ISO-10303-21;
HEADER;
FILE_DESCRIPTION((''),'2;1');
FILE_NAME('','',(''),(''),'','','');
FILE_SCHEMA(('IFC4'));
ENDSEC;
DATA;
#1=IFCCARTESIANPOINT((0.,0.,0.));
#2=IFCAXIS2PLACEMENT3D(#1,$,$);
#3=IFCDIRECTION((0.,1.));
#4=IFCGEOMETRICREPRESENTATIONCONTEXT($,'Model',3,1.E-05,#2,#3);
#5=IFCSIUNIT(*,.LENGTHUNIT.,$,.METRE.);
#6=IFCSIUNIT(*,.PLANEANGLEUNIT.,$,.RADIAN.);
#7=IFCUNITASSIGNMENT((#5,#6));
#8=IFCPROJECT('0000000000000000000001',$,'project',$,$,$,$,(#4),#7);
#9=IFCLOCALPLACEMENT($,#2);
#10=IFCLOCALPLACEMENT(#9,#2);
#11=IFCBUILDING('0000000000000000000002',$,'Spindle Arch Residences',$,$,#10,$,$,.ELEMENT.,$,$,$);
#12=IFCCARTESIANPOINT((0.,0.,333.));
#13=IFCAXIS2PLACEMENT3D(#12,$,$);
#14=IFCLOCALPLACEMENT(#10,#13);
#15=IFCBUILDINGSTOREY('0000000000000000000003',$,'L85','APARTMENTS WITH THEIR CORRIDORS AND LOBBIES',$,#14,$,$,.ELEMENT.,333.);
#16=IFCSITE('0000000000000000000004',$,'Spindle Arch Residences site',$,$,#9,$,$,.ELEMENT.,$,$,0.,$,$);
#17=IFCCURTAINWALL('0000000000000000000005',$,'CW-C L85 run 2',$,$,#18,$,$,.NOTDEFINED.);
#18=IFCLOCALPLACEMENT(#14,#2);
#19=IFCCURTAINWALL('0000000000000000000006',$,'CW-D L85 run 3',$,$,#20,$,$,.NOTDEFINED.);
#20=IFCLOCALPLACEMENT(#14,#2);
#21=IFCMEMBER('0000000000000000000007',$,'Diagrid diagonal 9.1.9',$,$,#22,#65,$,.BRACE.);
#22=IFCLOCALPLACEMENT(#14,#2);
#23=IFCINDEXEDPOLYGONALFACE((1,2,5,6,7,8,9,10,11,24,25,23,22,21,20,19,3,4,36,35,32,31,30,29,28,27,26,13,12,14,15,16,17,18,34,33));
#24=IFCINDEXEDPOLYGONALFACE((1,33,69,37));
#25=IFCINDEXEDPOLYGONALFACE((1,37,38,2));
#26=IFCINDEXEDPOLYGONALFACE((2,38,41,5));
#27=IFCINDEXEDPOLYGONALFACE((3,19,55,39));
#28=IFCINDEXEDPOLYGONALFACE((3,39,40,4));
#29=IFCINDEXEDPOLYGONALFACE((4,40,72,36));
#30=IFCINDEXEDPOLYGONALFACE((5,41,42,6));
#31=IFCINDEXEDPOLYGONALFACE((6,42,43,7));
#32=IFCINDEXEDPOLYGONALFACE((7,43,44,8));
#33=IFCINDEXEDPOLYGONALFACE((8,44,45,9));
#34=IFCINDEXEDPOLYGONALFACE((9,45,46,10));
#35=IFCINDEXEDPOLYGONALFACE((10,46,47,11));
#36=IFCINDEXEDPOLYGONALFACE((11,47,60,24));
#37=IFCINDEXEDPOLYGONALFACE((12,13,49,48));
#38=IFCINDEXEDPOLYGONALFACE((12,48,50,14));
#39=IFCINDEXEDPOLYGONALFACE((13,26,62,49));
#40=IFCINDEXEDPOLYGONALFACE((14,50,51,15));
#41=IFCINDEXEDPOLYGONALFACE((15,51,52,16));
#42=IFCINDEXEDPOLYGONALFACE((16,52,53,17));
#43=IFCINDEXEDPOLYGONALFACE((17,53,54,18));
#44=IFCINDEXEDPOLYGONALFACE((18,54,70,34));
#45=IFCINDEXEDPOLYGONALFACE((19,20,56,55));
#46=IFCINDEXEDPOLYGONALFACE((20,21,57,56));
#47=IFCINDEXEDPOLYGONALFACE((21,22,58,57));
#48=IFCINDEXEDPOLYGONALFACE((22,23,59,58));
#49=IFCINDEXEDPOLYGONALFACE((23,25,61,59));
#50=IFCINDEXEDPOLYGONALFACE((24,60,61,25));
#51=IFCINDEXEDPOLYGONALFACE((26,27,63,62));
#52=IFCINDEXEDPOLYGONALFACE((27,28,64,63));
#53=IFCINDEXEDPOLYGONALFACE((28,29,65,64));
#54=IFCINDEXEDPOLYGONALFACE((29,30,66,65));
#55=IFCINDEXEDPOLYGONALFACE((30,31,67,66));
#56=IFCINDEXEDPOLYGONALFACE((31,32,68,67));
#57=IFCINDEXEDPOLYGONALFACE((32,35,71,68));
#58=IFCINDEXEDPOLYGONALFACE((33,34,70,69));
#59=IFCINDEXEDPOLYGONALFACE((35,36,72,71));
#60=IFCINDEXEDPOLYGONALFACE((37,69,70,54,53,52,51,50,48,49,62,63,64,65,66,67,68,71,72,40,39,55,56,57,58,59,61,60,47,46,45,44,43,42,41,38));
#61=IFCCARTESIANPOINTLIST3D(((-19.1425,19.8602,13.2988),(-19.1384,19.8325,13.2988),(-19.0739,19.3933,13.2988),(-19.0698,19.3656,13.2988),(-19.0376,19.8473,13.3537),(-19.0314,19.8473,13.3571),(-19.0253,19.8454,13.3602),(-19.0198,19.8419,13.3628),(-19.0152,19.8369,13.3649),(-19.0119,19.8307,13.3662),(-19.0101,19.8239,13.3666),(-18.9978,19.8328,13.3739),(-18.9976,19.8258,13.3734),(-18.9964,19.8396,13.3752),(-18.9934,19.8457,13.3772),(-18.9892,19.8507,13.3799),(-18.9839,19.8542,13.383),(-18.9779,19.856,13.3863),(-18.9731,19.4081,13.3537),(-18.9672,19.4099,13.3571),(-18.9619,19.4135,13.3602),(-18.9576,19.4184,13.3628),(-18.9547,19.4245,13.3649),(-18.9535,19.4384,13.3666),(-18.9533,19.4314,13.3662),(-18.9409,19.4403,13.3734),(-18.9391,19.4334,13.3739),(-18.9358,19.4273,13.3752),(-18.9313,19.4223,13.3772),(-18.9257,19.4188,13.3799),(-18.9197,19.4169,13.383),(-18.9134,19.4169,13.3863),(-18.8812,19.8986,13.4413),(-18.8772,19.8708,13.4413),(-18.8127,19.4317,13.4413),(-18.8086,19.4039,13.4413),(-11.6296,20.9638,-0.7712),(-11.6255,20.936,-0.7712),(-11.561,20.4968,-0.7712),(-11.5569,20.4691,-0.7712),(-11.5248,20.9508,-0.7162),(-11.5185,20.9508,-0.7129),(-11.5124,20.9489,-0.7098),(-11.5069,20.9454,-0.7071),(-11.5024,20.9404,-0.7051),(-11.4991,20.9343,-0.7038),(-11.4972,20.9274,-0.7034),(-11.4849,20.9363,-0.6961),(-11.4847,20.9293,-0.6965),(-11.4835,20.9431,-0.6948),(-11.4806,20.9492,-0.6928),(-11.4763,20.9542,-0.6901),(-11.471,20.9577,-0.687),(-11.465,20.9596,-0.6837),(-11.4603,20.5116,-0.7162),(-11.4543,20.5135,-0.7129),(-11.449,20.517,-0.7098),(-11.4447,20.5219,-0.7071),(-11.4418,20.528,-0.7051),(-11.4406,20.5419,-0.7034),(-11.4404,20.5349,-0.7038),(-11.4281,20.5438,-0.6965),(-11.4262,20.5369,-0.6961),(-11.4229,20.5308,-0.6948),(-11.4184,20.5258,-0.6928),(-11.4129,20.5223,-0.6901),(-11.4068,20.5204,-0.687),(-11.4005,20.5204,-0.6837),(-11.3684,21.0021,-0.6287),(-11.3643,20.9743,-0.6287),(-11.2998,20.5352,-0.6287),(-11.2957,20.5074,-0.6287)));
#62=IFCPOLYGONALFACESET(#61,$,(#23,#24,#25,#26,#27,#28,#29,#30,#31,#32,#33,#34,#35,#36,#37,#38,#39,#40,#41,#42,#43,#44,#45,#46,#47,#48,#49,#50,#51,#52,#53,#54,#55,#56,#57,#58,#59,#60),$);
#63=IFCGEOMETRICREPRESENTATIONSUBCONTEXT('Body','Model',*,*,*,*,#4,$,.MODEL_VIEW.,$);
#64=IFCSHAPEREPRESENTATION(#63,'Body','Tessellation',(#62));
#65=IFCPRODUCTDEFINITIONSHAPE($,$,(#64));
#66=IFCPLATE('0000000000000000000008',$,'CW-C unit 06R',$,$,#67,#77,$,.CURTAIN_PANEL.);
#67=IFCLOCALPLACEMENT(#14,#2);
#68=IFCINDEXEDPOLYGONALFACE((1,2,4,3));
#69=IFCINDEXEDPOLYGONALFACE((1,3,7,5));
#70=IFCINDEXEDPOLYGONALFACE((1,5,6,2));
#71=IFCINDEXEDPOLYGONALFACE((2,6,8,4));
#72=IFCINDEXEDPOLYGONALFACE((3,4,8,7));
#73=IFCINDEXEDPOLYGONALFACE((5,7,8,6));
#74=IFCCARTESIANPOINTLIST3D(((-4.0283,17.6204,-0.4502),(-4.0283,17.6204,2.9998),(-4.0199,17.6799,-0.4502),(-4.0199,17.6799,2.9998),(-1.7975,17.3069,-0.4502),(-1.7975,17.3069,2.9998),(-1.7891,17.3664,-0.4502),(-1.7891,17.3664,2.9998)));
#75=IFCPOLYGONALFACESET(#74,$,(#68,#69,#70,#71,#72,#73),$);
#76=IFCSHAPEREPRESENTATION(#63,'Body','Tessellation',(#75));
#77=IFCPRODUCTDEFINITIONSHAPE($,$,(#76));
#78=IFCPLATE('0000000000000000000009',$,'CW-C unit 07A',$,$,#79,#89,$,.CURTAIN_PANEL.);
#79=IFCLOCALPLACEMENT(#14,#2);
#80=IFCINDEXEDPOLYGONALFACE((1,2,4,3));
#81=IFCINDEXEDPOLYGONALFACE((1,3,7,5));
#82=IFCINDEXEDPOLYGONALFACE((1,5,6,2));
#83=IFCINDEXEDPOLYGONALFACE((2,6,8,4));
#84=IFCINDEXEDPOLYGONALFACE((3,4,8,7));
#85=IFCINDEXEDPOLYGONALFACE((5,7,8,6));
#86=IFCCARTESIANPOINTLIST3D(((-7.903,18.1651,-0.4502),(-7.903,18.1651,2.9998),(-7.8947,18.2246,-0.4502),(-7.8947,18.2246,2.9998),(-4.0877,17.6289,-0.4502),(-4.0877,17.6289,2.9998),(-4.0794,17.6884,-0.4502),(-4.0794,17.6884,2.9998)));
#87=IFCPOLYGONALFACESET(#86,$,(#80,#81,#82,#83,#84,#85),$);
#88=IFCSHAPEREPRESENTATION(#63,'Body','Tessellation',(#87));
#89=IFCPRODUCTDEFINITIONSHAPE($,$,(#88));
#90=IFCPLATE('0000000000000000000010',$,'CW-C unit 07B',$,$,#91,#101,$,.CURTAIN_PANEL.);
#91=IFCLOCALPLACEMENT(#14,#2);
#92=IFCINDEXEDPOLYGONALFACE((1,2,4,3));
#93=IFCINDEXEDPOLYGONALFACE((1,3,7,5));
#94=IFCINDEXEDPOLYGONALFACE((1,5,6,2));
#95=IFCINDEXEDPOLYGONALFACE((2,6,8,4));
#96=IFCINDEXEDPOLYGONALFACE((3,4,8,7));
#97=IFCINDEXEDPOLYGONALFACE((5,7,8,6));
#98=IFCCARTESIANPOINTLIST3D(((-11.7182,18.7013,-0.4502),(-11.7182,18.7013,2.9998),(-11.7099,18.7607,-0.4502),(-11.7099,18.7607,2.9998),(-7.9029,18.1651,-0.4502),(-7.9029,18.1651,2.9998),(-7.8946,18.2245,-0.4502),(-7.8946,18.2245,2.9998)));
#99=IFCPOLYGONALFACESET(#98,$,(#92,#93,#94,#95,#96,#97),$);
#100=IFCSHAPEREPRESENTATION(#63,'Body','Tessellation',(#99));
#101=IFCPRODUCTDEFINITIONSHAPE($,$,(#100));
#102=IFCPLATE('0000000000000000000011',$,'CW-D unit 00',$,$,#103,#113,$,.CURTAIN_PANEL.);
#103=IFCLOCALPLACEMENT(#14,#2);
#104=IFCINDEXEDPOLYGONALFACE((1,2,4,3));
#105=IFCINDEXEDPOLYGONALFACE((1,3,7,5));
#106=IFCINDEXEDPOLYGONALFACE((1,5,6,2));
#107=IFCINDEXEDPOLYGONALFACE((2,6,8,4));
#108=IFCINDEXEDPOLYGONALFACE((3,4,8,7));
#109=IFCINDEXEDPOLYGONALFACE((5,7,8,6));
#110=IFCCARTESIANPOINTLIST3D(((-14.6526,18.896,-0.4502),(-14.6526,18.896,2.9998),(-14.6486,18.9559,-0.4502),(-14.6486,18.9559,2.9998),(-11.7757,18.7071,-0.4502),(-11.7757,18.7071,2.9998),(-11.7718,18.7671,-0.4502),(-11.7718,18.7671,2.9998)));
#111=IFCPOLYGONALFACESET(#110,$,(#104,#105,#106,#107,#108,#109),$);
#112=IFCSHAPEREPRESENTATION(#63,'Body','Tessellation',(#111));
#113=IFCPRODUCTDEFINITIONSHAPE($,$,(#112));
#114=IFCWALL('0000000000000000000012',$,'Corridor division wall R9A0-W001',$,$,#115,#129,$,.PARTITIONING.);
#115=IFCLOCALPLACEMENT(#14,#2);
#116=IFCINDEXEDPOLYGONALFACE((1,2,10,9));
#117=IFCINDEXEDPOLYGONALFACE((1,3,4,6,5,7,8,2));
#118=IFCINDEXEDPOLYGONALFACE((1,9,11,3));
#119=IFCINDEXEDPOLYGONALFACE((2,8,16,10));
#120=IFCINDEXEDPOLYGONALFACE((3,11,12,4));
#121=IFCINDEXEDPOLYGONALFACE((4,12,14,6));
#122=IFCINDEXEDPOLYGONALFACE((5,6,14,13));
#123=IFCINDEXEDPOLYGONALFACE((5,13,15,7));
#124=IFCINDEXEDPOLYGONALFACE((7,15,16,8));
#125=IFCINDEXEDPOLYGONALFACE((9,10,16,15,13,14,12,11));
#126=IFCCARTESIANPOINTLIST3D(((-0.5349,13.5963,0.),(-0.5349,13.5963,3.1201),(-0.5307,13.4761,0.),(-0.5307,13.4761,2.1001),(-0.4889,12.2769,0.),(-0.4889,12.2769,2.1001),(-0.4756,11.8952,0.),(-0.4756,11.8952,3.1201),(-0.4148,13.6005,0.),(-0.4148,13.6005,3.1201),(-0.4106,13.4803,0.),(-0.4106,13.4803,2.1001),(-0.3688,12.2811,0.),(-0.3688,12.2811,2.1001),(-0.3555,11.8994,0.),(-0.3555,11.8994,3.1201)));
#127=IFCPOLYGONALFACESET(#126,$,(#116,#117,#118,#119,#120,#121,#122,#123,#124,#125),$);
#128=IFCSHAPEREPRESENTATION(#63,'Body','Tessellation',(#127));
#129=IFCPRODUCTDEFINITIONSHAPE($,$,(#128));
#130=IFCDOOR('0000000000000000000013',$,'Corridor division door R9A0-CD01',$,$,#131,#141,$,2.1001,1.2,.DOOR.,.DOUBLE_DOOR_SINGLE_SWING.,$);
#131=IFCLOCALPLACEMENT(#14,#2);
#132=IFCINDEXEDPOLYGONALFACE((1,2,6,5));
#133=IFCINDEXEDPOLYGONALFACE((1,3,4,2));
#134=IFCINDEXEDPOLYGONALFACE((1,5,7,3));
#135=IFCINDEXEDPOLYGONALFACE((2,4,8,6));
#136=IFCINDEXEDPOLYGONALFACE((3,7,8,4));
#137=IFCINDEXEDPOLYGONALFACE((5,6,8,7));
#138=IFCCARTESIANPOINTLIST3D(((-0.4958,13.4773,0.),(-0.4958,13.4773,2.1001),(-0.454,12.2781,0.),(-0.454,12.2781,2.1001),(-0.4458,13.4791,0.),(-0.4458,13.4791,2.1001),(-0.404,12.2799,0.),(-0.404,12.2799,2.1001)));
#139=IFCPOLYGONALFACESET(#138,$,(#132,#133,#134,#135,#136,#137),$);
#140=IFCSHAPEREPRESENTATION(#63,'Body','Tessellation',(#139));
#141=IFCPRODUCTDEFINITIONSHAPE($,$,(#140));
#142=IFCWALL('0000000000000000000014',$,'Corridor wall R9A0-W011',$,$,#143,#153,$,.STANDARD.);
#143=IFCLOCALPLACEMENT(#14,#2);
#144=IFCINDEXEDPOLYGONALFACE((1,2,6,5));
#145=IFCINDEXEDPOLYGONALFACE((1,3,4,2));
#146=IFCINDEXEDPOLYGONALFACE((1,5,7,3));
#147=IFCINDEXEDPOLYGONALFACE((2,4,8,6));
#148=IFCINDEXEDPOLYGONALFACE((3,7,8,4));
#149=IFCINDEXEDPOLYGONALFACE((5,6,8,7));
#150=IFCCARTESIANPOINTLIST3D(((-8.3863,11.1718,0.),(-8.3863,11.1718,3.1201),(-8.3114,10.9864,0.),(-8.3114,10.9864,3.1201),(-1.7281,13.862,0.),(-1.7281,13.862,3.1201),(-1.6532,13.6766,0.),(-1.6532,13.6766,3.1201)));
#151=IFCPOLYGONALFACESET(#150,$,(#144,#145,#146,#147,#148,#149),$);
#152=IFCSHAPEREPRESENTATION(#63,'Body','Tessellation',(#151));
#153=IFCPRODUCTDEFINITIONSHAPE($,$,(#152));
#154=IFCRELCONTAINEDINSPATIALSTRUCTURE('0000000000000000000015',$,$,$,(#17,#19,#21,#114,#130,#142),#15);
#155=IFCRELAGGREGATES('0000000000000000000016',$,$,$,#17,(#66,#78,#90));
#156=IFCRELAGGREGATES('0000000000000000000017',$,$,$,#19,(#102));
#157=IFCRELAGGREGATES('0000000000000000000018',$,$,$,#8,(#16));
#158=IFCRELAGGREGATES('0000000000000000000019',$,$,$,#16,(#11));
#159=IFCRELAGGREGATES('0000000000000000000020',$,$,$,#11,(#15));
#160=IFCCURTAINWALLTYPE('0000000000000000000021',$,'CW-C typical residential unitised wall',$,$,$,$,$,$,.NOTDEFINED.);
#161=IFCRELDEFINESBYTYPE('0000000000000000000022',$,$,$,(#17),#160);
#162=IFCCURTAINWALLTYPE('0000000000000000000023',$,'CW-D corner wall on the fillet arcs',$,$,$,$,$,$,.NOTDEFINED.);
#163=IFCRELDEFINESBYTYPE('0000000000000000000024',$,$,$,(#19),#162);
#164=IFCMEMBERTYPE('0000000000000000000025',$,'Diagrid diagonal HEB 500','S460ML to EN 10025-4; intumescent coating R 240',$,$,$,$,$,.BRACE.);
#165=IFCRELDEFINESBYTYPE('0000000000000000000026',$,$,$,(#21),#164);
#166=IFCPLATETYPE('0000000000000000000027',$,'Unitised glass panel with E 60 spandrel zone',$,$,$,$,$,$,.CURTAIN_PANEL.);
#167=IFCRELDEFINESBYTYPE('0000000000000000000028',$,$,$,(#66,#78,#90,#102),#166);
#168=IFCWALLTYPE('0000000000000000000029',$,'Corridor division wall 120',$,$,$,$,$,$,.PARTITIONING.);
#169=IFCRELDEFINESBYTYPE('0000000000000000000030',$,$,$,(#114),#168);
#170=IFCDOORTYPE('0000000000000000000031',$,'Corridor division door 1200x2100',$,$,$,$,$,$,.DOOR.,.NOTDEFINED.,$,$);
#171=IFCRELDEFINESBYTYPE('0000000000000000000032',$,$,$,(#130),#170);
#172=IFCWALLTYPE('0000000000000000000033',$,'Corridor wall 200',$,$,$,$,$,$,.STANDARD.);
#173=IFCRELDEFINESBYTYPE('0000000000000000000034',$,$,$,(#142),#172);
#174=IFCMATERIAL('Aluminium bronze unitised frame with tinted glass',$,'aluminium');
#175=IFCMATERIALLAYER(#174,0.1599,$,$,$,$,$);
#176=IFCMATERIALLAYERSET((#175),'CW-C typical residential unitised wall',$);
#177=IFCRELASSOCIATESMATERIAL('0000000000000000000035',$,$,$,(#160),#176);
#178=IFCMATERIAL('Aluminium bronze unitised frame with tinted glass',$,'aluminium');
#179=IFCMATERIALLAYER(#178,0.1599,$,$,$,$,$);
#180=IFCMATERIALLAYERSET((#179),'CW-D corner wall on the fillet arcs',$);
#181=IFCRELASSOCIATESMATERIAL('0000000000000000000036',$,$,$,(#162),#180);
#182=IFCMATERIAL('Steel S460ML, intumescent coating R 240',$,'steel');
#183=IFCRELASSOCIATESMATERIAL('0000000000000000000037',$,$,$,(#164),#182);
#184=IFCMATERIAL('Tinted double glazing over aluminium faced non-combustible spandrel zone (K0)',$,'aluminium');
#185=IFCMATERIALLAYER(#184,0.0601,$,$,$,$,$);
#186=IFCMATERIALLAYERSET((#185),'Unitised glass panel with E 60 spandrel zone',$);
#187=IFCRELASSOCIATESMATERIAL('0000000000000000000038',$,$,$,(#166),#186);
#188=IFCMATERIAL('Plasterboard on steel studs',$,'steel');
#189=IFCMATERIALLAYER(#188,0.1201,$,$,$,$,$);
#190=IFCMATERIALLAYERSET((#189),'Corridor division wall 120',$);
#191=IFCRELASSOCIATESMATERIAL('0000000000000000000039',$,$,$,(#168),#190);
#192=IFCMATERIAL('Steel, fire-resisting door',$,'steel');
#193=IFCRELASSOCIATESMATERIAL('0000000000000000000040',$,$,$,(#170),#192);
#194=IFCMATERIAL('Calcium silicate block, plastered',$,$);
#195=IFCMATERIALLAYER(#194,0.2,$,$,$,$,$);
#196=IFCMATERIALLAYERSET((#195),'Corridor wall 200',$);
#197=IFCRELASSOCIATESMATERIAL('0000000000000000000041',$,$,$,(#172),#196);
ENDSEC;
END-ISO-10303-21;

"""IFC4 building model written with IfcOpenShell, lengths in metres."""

from ifc_helpers import new_model, si_unit, direction, frame, frame_2d, origin, origin_2d, place, context, subcontext, project, spatial, rectangle, i_section, extrude, material, layer, layer_set, material_profile, profile_set, type_object, element, fill, aggregate, save


model = new_model("IFC4")

# Units and contexts
model_context = context("Model", 3, precision=1e-05, world=origin(), true_north=direction((0.0, 1.0)))
body_context = subcontext(model_context, "Body", "Model", "MODEL_VIEW")
ifc_project = project(units=[si_unit("LENGTHUNIT", "METRE"), si_unit("PLANEANGLEUNIT", "RADIAN")], contexts=[model_context])

# Site, building, storey
site_placement = place(None, origin())
site = spatial("IfcSite", under=ifc_project, at=site_placement, Name="Spindle Arch Residences site", CompositionType="ELEMENT", RefElevation=0.0)
building_placement = place(site_placement, origin())
building = spatial("IfcBuilding", under=site, at=building_placement, Name="Spindle Arch Residences", CompositionType="ELEMENT")
storey_placement = place(building_placement, frame((0.0, 0.0, 333.0)))
storey = spatial("IfcBuildingStorey", under=building, at=storey_placement, Name="L85", Description="APARTMENTS WITH THEIR CORRIDORS AND LOBBIES", CompositionType="ELEMENT", Elevation=333.0)

# Curtain wall
ifc_material_1 = material(Name="Aluminium bronze unitised frame with tinted glass", Category="aluminium")
ifc_layer_1 = layer(ifc_material_1, 0.1599)
ifc_layer_set_1 = layer_set([ifc_layer_1], Name="CW-C typical residential unitised wall")
curtain_wall_type_1 = type_object("IfcCurtainWallType", Name="CW-C typical residential unitised wall", PredefinedType="NOTDEFINED", material=ifc_layer_set_1)
curtain_wall_1_placement = place(storey_placement, origin())
curtain_wall_1 = element("IfcCurtainWall", 1, at=curtain_wall_1_placement, inside=storey, type_object=curtain_wall_type_1, Name="CW-C L85 run 2", PredefinedType="NOTDEFINED")

# Curtain wall
ifc_material_2 = material(Name="Aluminium bronze unitised frame with tinted glass", Category="aluminium")
ifc_layer_2 = layer(ifc_material_2, 0.1599)
ifc_layer_set_2 = layer_set([ifc_layer_2], Name="CW-D corner wall on the fillet arcs")
curtain_wall_type_2 = type_object("IfcCurtainWallType", Name="CW-D corner wall on the fillet arcs", PredefinedType="NOTDEFINED", material=ifc_layer_set_2)
curtain_wall_2_placement = place(storey_placement, origin())
curtain_wall_2 = element("IfcCurtainWall", 2, at=curtain_wall_2_placement, inside=storey, type_object=curtain_wall_type_2, Name="CW-D L85 run 3", PredefinedType="NOTDEFINED")

# Member
ifc_material_3 = material(Name="Steel S460ML, intumescent coating R 240", Category="steel")
ifc_material_profile_1 = material_profile(ifc_material_3, i_section(OverallWidth=0.3, OverallDepth=0.5, WebThickness=0.0144, FlangeThickness=0.0281, FilletRadius=0.0271, at=origin_2d()), Name="HEB 500")
ifc_profile_set_1 = profile_set([ifc_material_profile_1], Name="Steel S460ML, intumescent coating R 240")
member_type_1 = type_object("IfcMemberType", Name="Diagrid diagonal HEB 500", Description="S460ML to EN 10025-4; intumescent coating R 240", PredefinedType="BRACE", material=ifc_profile_set_1)
member_1_placement = place(storey_placement, frame((-11.4626, 20.7356, -0.7), z_axis=(-0.469899, -0.06902, 0.880017), x_axis=(0.870675, 0.127887, 0.474941)))
element("IfcMember", 3, at=member_1_placement, inside=storey, type_object=member_type_1, Name="Diagrid diagonal 9.1.9", PredefinedType="BRACE", context=body_context, shape_type="SweptSolid", body=[
    extrude(i_section(OverallWidth=0.3, OverallDepth=0.5, WebThickness=0.0144, FlangeThickness=0.0281, FilletRadius=0.0271, at=origin_2d()), origin(), (0.0, 0.0, 1.0), 15.9883),
])

# Plates
ifc_material_4 = material(Name="Tinted double glazing over aluminium faced non-combustible spandrel zone (K0)", Category="aluminium")
ifc_layer_3 = layer(ifc_material_4, 0.0601)
ifc_layer_set_3 = layer_set([ifc_layer_3], Name="Unitised glass panel with E 60 spandrel zone")
plate_type = type_object("IfcPlateType", Name="Unitised glass panel with E 60 spandrel zone", PredefinedType="CURTAIN_PANEL", material=ifc_layer_set_3)
plate_1_placement = place(storey_placement, frame((-2.9087, 17.4934, -0.4502), z_axis=(0.0, 0.0, 1.0), x_axis=(-0.990268, 0.139173, 0.0)))
plate_1 = element("IfcPlate", 4, at=plate_1_placement, type_object=plate_type, Name="CW-C unit 06R", PredefinedType="CURTAIN_PANEL", context=body_context, shape_type="SweptSolid", body=[
    extrude(rectangle(XDim=2.2527, YDim=0.0601, at=origin_2d()), origin(), (0.0, 0.0, 1.0), 3.45),
])
plate_2_placement = place(storey_placement, frame((-5.9912, 17.9268, -0.4502), z_axis=(0.0, 0.0, 1.0), x_axis=(-0.990268, 0.139173, 0.0)))
plate_2 = element("IfcPlate", 5, at=plate_2_placement, type_object=plate_type, Name="CW-C unit 07A", PredefinedType="CURTAIN_PANEL", context=body_context, shape_type="SweptSolid", body=[
    extrude(rectangle(XDim=3.8528, YDim=0.0601, at=origin_2d()), origin(), (0.0, 0.0, 1.0), 3.45),
])
plate_3_placement = place(storey_placement, frame((-9.8064, 18.4629, -0.4502), z_axis=(0.0, 0.0, 1.0), x_axis=(-0.990268, 0.139173, 0.0)))
plate_3 = element("IfcPlate", 6, at=plate_3_placement, type_object=plate_type, Name="CW-C unit 07B", PredefinedType="CURTAIN_PANEL", context=body_context, shape_type="SweptSolid", body=[
    extrude(rectangle(XDim=3.8528, YDim=0.0601, at=origin_2d()), origin(), (0.0, 0.0, 1.0), 3.45),
])
aggregate(curtain_wall_1, [plate_1, plate_2, plate_3])
plate_4_placement = place(storey_placement, frame((-13.2122, 18.8315, -0.4502), z_axis=(0.0, 0.0, 1.0), x_axis=(-0.997852, 0.06551, 0.0)))
plate_4 = element("IfcPlate", 7, at=plate_4_placement, type_object=plate_type, Name="CW-D unit 00", PredefinedType="CURTAIN_PANEL", context=body_context, shape_type="SweptSolid", body=[
    extrude(rectangle(XDim=2.8831, YDim=0.0601, at=origin_2d()), origin(), (0.0, 0.0, 1.0), 3.45),
])
aggregate(curtain_wall_2, [plate_4])

# Wall, opening, door
ifc_material_5 = material(Name="Plasterboard on steel studs", Category="steel")
ifc_layer_4 = layer(ifc_material_5, 0.1201)
ifc_layer_set_4 = layer_set([ifc_layer_4], Name="Corridor division wall 120")
wall_type_1 = type_object("IfcWallType", Name="Corridor division wall 120", PredefinedType="PARTITIONING", material=ifc_layer_set_4)
wall_1_placement = place(storey_placement, frame((-0.4749, 13.5984, 0.0), z_axis=(0.0, 0.0, 1.0), x_axis=(0.034853, -0.999392, 0.0)))
wall_1 = element("IfcWall", 8, at=wall_1_placement, inside=storey, type_object=wall_type_1, Name="Corridor division wall R9A0-W001", PredefinedType="PARTITIONING", context=body_context, shape_type="SweptSolid", body=[
    extrude(rectangle(XDim=1.7021, YDim=0.1201, at=frame_2d((0.8511, 0.0))), origin(), (0.0, 0.0, 1.0), 3.1201),
])
opening_1_placement = place(wall_1_placement, frame((0.1201, 0.0, 0.0)))
opening_1 = element("IfcOpeningElement", 9, at=opening_1_placement, cuts=wall_1, PredefinedType="OPENING", context=body_context, shape_type="SweptSolid", body=[
    extrude(rectangle(XDim=1.2, YDim=2.1001, at=frame_2d((0.6001, 1.05))), frame((0.0, 0.0701, 0.0), z_axis=(0.0, -1.0, 0.0), x_axis=(1.0, 0.0, 0.0)), (0.0, 0.0, 1.0), 0.1401),
])
ifc_material_6 = material(Name="Steel, fire-resisting door", Category="steel")
door_type_1 = type_object("IfcDoorType", Name="Corridor division door 1200x2100", OperationType="NOTDEFINED", PredefinedType="DOOR", material=ifc_material_6)
door_1_placement = place(opening_1_placement, origin())
door_1 = element("IfcDoor", 10, at=door_1_placement, inside=storey, type_object=door_type_1, Name="Corridor division door R9A0-CD01", OperationType="DOUBLE_DOOR_SINGLE_SWING", OverallHeight=2.1001, OverallWidth=1.2, PredefinedType="DOOR", context=body_context, shape_type="SweptSolid", body=[
    extrude(rectangle(XDim=1.2, YDim=2.1001, at=frame_2d((0.6001, 1.05))), frame((0.0, 0.0249, 0.0), z_axis=(0.0, -1.0, 0.0), x_axis=(1.0, 0.0, 0.0)), (0.0, 0.0, 1.0), 0.05),
])
fill(opening_1, door_1)

# Wall
ifc_material_7 = material(Name="Calcium silicate block, plastered")
ifc_layer_5 = layer(ifc_material_7, 0.2)
ifc_layer_set_5 = layer_set([ifc_layer_5], Name="Corridor wall 200")
wall_type_2 = type_object("IfcWallType", Name="Corridor wall 200", PredefinedType="STANDARD", material=ifc_layer_set_5)
wall_2_placement = place(storey_placement, frame((-1.6907, 13.7693, 0.0), z_axis=(0.0, 0.0, 1.0), x_axis=(-0.927179, -0.374618, 0.0)))
element("IfcWall", 11, at=wall_2_placement, inside=storey, type_object=wall_type_2, Name="Corridor wall R9A0-W011", PredefinedType="STANDARD", context=body_context, shape_type="SweptSolid", body=[
    extrude(rectangle(XDim=7.1812, YDim=0.2, at=frame_2d((3.5906, 0.0))), origin(), (0.0, 0.0, 1.0), 3.1201),
])

save(model, "model.ifc")
